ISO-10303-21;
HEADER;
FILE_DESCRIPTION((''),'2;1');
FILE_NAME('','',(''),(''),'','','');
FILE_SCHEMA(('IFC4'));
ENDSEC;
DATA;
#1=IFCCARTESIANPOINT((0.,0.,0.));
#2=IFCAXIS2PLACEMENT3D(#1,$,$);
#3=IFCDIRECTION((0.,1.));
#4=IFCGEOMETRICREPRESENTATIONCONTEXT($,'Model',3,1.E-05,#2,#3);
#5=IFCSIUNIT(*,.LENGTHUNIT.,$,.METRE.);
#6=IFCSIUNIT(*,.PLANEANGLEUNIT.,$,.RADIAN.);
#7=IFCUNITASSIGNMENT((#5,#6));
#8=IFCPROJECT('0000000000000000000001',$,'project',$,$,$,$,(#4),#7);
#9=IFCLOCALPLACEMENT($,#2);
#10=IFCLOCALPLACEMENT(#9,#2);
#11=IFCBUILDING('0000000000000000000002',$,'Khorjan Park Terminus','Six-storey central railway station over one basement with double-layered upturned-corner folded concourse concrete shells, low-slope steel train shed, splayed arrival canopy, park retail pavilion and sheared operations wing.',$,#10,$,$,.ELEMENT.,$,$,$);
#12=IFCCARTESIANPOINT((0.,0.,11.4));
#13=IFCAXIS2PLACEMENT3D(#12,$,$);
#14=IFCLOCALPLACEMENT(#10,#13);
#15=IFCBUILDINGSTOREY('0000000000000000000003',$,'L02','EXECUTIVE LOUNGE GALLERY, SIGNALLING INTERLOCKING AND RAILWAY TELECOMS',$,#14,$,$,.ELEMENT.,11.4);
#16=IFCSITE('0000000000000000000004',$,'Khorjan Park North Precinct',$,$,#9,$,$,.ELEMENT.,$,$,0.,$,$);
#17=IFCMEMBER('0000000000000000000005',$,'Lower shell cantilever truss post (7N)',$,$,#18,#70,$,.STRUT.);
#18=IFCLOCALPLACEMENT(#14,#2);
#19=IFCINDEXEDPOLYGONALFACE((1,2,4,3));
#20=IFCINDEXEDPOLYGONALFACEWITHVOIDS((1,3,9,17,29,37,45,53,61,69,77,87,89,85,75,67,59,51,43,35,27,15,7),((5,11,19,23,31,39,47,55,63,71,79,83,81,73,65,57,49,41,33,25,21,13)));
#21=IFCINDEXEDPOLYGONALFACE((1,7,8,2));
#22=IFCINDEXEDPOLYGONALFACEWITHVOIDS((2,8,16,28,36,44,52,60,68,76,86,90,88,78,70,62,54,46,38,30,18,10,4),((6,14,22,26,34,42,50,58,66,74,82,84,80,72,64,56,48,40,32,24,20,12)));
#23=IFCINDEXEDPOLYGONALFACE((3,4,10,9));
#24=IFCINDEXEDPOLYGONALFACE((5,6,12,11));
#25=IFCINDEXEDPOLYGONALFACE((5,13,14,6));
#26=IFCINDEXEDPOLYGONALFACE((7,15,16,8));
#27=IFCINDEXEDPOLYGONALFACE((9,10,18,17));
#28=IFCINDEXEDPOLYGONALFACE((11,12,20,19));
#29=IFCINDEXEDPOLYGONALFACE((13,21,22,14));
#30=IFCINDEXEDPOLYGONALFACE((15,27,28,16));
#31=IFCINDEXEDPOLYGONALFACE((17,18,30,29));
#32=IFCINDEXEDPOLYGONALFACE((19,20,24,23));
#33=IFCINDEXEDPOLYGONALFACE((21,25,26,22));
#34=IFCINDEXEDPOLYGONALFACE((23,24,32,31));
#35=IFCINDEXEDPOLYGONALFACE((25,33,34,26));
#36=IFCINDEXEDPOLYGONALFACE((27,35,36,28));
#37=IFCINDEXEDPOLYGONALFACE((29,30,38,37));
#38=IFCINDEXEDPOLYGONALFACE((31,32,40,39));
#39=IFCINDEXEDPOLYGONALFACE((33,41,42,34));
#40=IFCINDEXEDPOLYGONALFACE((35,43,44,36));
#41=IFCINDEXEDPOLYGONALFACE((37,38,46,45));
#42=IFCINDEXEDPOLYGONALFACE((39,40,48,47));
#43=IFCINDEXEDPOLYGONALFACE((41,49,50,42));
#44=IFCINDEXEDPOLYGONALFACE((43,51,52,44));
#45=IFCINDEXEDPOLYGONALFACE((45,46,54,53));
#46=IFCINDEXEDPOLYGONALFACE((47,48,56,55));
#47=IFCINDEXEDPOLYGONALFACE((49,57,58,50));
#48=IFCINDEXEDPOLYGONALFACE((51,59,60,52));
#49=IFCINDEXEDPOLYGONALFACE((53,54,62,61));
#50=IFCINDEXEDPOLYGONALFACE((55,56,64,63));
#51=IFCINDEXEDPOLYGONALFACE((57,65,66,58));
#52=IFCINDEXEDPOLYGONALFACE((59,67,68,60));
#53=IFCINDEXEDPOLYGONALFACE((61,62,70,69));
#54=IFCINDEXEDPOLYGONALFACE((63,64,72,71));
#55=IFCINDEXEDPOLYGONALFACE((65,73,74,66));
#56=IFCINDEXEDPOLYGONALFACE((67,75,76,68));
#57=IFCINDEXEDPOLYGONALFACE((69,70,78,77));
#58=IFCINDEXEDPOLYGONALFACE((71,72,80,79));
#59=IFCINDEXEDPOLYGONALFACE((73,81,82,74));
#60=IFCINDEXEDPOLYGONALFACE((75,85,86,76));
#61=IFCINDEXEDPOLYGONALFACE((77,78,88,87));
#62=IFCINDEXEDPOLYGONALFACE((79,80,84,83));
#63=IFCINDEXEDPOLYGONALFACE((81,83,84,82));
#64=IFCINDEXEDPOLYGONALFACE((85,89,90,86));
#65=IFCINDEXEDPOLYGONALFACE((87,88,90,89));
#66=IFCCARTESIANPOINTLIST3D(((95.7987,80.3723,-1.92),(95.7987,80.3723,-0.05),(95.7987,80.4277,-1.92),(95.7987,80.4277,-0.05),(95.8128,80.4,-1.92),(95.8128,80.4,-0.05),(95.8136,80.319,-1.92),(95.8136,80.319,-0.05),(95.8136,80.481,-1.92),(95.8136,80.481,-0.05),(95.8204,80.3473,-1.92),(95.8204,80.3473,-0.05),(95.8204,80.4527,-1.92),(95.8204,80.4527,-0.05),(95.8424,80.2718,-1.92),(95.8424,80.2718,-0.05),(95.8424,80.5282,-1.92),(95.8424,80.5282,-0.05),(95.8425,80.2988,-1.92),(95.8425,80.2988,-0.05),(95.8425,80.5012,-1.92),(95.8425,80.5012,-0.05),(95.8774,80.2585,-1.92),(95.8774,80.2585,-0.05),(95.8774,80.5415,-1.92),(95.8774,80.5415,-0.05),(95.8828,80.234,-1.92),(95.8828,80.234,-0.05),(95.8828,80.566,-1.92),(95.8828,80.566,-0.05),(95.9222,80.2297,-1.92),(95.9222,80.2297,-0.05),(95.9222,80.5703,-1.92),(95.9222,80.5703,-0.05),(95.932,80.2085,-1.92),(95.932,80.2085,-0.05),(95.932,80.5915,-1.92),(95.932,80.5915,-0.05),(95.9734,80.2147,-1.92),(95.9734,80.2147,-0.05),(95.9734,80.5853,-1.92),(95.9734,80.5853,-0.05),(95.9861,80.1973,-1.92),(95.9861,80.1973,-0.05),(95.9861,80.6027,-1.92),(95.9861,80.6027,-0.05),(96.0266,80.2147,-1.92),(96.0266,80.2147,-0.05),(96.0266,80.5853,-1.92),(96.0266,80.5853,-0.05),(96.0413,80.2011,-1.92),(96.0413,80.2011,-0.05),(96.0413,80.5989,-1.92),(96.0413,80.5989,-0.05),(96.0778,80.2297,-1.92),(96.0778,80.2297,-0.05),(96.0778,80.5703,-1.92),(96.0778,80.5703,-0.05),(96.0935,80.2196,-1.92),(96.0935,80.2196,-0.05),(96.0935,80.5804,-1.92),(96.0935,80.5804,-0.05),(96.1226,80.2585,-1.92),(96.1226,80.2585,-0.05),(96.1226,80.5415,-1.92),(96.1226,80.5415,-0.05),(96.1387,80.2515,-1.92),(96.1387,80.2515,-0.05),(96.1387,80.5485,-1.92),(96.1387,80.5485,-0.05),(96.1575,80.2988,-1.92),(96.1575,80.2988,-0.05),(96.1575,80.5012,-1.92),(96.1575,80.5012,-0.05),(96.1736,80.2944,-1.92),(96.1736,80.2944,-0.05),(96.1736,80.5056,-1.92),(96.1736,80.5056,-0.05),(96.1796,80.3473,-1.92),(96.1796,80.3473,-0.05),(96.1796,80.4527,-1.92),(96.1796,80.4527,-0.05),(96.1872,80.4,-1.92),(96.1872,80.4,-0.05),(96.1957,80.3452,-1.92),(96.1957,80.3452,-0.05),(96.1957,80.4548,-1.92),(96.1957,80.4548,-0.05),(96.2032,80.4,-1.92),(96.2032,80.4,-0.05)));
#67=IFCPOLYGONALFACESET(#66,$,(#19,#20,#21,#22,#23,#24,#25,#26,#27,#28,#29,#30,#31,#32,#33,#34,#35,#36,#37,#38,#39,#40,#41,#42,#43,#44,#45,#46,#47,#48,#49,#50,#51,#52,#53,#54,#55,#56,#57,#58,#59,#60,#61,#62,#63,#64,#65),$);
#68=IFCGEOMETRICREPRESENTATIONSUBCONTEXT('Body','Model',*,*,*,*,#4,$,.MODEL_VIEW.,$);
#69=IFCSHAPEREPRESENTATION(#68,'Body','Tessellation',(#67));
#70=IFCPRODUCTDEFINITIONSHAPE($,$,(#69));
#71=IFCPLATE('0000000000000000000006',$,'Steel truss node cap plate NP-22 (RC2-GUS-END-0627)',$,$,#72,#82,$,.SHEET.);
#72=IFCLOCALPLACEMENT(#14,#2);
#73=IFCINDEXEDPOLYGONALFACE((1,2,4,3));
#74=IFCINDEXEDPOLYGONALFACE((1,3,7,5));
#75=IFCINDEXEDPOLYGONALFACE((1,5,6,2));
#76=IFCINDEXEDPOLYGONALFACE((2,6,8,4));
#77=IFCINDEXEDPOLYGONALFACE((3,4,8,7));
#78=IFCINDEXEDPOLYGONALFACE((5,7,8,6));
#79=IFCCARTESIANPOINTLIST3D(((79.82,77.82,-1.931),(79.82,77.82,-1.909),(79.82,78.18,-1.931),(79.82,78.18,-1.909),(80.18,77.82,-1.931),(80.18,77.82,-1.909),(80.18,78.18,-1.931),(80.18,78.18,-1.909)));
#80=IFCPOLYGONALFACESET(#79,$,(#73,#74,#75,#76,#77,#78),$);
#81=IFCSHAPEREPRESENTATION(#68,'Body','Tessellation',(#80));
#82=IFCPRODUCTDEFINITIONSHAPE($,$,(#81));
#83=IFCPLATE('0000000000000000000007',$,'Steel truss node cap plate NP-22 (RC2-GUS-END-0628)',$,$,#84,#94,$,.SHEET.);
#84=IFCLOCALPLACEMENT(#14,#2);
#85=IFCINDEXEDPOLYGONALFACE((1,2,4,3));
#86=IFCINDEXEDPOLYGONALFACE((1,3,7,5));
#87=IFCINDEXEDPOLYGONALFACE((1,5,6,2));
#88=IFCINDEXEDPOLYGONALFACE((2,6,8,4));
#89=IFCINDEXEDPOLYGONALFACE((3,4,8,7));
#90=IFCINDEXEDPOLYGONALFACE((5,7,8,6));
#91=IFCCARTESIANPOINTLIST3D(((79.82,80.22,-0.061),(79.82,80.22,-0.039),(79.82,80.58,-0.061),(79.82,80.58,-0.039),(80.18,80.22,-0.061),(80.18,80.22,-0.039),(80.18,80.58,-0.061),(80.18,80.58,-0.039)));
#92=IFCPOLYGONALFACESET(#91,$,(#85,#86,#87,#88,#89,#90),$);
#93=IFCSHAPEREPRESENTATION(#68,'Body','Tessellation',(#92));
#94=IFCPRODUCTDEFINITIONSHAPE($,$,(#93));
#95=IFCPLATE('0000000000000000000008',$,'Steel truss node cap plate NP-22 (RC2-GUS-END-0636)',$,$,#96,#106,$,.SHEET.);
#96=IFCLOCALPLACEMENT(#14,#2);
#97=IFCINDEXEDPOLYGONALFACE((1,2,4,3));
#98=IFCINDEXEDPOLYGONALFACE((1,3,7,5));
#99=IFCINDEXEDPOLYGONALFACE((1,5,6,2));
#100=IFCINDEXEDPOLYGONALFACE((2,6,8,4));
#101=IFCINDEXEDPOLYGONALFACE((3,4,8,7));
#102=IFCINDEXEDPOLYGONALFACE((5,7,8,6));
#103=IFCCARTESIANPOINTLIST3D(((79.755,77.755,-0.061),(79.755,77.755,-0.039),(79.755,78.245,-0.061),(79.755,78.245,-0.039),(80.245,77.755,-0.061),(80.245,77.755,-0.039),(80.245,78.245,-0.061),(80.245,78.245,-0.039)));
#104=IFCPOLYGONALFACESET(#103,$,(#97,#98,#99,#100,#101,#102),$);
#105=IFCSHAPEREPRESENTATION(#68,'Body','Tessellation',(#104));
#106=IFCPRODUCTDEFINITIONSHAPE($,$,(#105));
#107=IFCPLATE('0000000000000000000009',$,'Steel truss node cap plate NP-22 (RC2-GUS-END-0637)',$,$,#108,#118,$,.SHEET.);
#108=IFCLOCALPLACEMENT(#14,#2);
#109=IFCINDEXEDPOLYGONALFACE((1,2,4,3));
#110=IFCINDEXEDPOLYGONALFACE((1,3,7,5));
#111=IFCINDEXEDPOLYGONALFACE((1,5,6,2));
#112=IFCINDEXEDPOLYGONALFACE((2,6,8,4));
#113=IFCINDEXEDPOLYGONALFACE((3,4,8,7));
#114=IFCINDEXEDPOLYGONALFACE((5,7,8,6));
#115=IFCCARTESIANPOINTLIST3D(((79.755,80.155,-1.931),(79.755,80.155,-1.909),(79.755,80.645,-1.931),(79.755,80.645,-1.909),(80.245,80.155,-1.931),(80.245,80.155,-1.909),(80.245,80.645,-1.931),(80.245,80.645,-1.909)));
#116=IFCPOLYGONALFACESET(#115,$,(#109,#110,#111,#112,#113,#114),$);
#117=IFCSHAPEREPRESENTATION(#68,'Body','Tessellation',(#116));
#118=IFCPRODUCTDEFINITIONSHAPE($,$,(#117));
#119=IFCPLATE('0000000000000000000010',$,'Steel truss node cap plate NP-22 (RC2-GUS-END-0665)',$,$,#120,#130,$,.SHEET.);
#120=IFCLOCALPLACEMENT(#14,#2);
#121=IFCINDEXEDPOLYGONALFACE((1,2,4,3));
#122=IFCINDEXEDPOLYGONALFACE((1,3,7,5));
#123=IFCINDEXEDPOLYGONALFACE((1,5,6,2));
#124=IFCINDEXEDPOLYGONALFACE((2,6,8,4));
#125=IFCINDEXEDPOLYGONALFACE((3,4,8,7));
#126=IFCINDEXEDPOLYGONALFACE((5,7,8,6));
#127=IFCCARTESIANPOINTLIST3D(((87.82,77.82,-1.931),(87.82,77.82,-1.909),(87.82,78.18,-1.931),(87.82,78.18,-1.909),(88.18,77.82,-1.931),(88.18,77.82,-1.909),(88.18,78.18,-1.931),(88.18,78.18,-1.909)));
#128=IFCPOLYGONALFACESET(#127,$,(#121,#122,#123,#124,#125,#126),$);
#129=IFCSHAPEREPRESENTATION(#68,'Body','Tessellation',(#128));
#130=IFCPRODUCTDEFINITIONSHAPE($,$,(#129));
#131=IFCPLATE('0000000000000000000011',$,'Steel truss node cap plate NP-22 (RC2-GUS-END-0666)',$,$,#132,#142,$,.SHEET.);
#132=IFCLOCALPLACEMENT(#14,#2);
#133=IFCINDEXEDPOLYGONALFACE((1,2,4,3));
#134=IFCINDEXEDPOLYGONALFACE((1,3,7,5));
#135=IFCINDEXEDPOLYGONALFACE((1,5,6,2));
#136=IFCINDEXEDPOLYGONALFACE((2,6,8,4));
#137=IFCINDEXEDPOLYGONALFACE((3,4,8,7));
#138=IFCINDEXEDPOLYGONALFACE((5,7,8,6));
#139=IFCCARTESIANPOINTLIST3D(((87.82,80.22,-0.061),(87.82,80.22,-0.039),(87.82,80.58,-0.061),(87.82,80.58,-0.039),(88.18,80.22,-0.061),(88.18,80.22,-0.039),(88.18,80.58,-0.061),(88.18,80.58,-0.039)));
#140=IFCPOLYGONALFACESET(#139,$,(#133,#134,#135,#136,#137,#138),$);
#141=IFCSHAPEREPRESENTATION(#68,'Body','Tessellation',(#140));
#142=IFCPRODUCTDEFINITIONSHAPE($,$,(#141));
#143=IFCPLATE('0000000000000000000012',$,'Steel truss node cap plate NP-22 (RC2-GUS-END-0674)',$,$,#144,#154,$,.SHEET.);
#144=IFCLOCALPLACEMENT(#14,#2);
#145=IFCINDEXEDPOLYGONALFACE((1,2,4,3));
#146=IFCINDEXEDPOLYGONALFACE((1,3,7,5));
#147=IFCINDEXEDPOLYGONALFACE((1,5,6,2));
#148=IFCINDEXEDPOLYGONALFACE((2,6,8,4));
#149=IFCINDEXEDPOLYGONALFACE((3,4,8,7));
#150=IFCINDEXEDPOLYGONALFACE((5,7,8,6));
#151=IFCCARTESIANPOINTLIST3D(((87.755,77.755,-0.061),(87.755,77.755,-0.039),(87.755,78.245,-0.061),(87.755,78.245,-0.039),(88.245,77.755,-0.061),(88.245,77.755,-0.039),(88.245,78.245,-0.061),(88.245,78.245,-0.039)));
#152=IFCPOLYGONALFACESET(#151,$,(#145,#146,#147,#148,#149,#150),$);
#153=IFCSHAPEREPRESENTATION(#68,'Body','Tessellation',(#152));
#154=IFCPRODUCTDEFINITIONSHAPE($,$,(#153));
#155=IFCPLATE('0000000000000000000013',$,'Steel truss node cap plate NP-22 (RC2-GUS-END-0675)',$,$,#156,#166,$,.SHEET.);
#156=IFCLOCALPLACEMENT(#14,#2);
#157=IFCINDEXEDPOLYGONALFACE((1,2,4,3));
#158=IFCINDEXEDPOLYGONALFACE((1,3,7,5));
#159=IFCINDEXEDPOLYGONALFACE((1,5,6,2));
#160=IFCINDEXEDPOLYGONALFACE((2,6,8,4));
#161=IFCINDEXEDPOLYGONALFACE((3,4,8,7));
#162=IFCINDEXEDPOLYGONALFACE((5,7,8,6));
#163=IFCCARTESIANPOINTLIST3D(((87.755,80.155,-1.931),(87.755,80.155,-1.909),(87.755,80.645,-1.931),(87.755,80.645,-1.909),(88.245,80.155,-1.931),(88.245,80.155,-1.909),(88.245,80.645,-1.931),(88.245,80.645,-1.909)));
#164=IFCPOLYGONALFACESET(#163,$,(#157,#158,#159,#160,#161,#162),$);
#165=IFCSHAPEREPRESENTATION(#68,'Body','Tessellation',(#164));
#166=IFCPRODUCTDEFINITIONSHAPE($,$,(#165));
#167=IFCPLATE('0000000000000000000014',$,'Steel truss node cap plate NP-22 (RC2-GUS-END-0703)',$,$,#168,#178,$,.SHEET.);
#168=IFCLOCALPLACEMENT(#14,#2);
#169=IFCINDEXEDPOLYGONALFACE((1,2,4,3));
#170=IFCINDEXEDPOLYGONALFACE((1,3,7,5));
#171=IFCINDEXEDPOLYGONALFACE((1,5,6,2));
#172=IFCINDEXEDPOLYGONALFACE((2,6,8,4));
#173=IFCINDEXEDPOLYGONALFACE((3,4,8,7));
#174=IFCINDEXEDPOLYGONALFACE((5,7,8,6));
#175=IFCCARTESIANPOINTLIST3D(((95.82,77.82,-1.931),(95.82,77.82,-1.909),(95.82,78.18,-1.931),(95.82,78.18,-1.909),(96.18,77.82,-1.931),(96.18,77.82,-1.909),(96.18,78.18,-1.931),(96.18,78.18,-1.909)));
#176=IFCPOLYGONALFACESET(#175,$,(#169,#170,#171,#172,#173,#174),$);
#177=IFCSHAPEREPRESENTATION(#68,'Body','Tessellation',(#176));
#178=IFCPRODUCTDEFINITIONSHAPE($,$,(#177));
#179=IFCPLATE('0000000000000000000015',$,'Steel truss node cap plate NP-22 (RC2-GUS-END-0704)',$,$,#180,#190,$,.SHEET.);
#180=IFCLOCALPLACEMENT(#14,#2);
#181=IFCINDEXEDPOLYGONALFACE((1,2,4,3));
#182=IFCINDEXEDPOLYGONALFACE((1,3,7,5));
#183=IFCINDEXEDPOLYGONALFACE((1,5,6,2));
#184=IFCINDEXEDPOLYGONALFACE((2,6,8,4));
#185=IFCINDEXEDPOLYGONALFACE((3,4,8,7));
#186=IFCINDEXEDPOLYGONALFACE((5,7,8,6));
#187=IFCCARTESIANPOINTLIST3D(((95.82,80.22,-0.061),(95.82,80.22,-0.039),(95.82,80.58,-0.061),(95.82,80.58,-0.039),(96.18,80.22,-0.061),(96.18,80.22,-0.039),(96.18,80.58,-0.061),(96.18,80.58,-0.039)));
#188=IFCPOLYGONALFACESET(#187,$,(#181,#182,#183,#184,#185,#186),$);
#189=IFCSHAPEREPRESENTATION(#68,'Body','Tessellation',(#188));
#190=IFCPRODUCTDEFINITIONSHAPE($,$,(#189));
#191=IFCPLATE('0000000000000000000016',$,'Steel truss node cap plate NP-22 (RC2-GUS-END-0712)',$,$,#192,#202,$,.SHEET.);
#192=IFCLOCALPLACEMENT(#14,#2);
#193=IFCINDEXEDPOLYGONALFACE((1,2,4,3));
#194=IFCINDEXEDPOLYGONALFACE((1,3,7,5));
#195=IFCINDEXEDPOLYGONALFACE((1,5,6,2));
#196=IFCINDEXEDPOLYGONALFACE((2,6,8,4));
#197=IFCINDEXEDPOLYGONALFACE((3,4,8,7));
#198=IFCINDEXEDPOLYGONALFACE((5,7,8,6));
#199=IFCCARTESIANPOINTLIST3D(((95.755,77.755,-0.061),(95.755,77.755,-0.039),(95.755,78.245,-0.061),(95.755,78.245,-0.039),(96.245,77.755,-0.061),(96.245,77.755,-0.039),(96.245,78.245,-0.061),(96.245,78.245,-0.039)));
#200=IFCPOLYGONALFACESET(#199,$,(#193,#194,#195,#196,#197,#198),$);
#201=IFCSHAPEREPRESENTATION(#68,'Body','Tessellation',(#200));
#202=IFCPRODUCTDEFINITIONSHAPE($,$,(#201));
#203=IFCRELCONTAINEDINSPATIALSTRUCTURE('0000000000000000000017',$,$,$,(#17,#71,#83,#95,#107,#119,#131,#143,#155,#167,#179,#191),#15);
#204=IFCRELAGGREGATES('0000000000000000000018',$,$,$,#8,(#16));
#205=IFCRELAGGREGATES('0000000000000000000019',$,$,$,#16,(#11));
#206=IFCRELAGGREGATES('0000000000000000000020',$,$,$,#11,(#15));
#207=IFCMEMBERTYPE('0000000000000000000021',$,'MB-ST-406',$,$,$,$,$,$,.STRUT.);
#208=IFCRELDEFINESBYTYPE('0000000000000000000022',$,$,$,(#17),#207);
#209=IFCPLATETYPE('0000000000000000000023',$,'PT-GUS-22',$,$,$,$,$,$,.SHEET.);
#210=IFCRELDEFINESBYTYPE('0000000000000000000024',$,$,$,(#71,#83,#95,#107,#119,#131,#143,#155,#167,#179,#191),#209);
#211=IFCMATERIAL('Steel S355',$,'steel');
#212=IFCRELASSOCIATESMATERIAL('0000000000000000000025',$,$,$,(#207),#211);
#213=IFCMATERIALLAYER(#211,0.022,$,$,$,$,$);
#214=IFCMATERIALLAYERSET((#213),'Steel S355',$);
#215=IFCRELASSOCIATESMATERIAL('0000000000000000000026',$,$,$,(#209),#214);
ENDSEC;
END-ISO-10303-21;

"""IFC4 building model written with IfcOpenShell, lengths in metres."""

from ifc_helpers import new_model, si_unit, direction, frame, origin, origin_2d, place, context, subcontext, project, spatial, rectangle, hollow_circle, extrude, material, layer, layer_set, material_profile, profile_set, type_object, element, save


model = new_model("IFC4")

# Units and contexts
model_context = context("Model", 3, precision=1e-05, world=origin(), true_north=direction((0.0, 1.0)))
body_context = subcontext(model_context, "Body", "Model", "MODEL_VIEW")
ifc_project = project(units=[si_unit("LENGTHUNIT", "METRE"), si_unit("PLANEANGLEUNIT", "RADIAN")], contexts=[model_context])

# Site, building, storey
site_placement = place(None, origin())
site = spatial("IfcSite", under=ifc_project, at=site_placement, Name="Khorjan Park North Precinct", CompositionType="ELEMENT", RefElevation=0.0)
building_placement = place(site_placement, origin())
building = spatial("IfcBuilding", under=site, at=building_placement, Name="Khorjan Park Terminus", Description="Six-storey central railway station over one basement with double-layered upturned-corner folded concourse concrete shells, low-slope steel train shed, splayed arrival canopy, park retail pavilion and sheared operations wing.", CompositionType="ELEMENT")
storey_placement = place(building_placement, frame((0.0, 0.0, 11.4)))
storey = spatial("IfcBuildingStorey", under=building, at=storey_placement, Name="L02", Description="EXECUTIVE LOUNGE GALLERY, SIGNALLING INTERLOCKING AND RAILWAY TELECOMS", CompositionType="ELEMENT", Elevation=11.4)

# Shared definitions
ifc_material_1 = material(Name="Steel S355", Category="steel")

# Member
ifc_material_profile_1 = material_profile(ifc_material_1, hollow_circle(Radius=0.2032, WallThickness=0.016, at=origin_2d()), Name="CHS 406.4x16")
ifc_profile_set_1 = profile_set([ifc_material_profile_1], Name="Steel S355")
member_type_1 = type_object("IfcMemberType", Name="MB-ST-406", PredefinedType="STRUT", material=ifc_profile_set_1)
for number, where, z_axis, x_axis, name in (
    (1, (96.0, 80.4, -1.92), (0.0, 0.0, 1.0), (1.0, 0.0, 0.0), "Lower shell cantilever truss post (7N)"),
):
    element("IfcMember", number, at=place(storey_placement, frame(where, z_axis=z_axis, x_axis=x_axis)), inside=storey, type_object=member_type_1, Name=name, PredefinedType="STRUT", context=body_context, shape_type="SweptSolid", body=[
        extrude(hollow_circle(Radius=0.2032, WallThickness=0.016, at=origin_2d()), origin(), (0.0, 0.0, 1.0), 1.87),
    ])

# Plates
ifc_layer_1 = layer(ifc_material_1, 0.022)
ifc_layer_set_1 = layer_set([ifc_layer_1], Name="Steel S355")
plate_type = type_object("IfcPlateType", Name="PT-GUS-22", PredefinedType="SHEET", material=ifc_layer_set_1)
for number, where, z_axis, x_axis, name in (
    (2, (80.0, 78.0, -1.931), (0.0, 0.0, 1.0), (1.0, 0.0, 0.0), "Steel truss node cap plate NP-22 (RC2-GUS-END-0627)"),
    (3, (80.0, 80.4, -0.061), (0.0, 0.0, 1.0), (1.0, 0.0, 0.0), "Steel truss node cap plate NP-22 (RC2-GUS-END-0628)"),
):
    element("IfcPlate", number, at=place(storey_placement, frame(where, z_axis=z_axis, x_axis=x_axis)), inside=storey, type_object=plate_type, Name=name, PredefinedType="SHEET", context=body_context, shape_type="SweptSolid", body=[
        extrude(rectangle(XDim=0.36, YDim=0.36, at=origin_2d()), origin(), (0.0, 0.0, 1.0), 0.022),
    ])
for number, where, z_axis, x_axis, name in (
    (4, (80.0, 78.0, -0.061), (0.0, 0.0, 1.0), (1.0, 0.0, 0.0), "Steel truss node cap plate NP-22 (RC2-GUS-END-0636)"),
    (5, (80.0, 80.4, -1.931), (0.0, 0.0, 1.0), (1.0, 0.0, 0.0), "Steel truss node cap plate NP-22 (RC2-GUS-END-0637)"),
):
    element("IfcPlate", number, at=place(storey_placement, frame(where, z_axis=z_axis, x_axis=x_axis)), inside=storey, type_object=plate_type, Name=name, PredefinedType="SHEET", context=body_context, shape_type="SweptSolid", body=[
        extrude(rectangle(XDim=0.49, YDim=0.49, at=origin_2d()), origin(), (0.0, 0.0, 1.0), 0.022),
    ])
for number, where, z_axis, x_axis, name in (
    (6, (88.0, 78.0, -1.931), (0.0, 0.0, 1.0), (1.0, 0.0, 0.0), "Steel truss node cap plate NP-22 (RC2-GUS-END-0665)"),
    (7, (88.0, 80.4, -0.061), (0.0, 0.0, 1.0), (1.0, 0.0, 0.0), "Steel truss node cap plate NP-22 (RC2-GUS-END-0666)"),
):
    element("IfcPlate", number, at=place(storey_placement, frame(where, z_axis=z_axis, x_axis=x_axis)), inside=storey, type_object=plate_type, Name=name, PredefinedType="SHEET", context=body_context, shape_type="SweptSolid", body=[
        extrude(rectangle(XDim=0.36, YDim=0.36, at=origin_2d()), origin(), (0.0, 0.0, 1.0), 0.022),
    ])
for number, where, z_axis, x_axis, name in (
    (8, (88.0, 78.0, -0.061), (0.0, 0.0, 1.0), (1.0, 0.0, 0.0), "Steel truss node cap plate NP-22 (RC2-GUS-END-0674)"),
    (9, (88.0, 80.4, -1.931), (0.0, 0.0, 1.0), (1.0, 0.0, 0.0), "Steel truss node cap plate NP-22 (RC2-GUS-END-0675)"),
):
    element("IfcPlate", number, at=place(storey_placement, frame(where, z_axis=z_axis, x_axis=x_axis)), inside=storey, type_object=plate_type, Name=name, PredefinedType="SHEET", context=body_context, shape_type="SweptSolid", body=[
        extrude(rectangle(XDim=0.49, YDim=0.49, at=origin_2d()), origin(), (0.0, 0.0, 1.0), 0.022),
    ])
for number, where, z_axis, x_axis, name in (
    (10, (96.0, 78.0, -1.931), (0.0, 0.0, 1.0), (1.0, 0.0, 0.0), "Steel truss node cap plate NP-22 (RC2-GUS-END-0703)"),
    (11, (96.0, 80.4, -0.061), (0.0, 0.0, 1.0), (1.0, 0.0, 0.0), "Steel truss node cap plate NP-22 (RC2-GUS-END-0704)"),
):
    element("IfcPlate", number, at=place(storey_placement, frame(where, z_axis=z_axis, x_axis=x_axis)), inside=storey, type_object=plate_type, Name=name, PredefinedType="SHEET", context=body_context, shape_type="SweptSolid", body=[
        extrude(rectangle(XDim=0.36, YDim=0.36, at=origin_2d()), origin(), (0.0, 0.0, 1.0), 0.022),
    ])
plate_placement = place(storey_placement, frame((96.0, 78.0, -0.061), z_axis=(0.0, 0.0, 1.0), x_axis=(1.0, 0.0, 0.0)))
element("IfcPlate", 12, at=plate_placement, inside=storey, type_object=plate_type, Name="Steel truss node cap plate NP-22 (RC2-GUS-END-0712)", PredefinedType="SHEET", context=body_context, shape_type="SweptSolid", body=[
    extrude(rectangle(XDim=0.49, YDim=0.49, at=origin_2d()), origin(), (0.0, 0.0, 1.0), 0.022),
])

save(model, "model.ifc")
